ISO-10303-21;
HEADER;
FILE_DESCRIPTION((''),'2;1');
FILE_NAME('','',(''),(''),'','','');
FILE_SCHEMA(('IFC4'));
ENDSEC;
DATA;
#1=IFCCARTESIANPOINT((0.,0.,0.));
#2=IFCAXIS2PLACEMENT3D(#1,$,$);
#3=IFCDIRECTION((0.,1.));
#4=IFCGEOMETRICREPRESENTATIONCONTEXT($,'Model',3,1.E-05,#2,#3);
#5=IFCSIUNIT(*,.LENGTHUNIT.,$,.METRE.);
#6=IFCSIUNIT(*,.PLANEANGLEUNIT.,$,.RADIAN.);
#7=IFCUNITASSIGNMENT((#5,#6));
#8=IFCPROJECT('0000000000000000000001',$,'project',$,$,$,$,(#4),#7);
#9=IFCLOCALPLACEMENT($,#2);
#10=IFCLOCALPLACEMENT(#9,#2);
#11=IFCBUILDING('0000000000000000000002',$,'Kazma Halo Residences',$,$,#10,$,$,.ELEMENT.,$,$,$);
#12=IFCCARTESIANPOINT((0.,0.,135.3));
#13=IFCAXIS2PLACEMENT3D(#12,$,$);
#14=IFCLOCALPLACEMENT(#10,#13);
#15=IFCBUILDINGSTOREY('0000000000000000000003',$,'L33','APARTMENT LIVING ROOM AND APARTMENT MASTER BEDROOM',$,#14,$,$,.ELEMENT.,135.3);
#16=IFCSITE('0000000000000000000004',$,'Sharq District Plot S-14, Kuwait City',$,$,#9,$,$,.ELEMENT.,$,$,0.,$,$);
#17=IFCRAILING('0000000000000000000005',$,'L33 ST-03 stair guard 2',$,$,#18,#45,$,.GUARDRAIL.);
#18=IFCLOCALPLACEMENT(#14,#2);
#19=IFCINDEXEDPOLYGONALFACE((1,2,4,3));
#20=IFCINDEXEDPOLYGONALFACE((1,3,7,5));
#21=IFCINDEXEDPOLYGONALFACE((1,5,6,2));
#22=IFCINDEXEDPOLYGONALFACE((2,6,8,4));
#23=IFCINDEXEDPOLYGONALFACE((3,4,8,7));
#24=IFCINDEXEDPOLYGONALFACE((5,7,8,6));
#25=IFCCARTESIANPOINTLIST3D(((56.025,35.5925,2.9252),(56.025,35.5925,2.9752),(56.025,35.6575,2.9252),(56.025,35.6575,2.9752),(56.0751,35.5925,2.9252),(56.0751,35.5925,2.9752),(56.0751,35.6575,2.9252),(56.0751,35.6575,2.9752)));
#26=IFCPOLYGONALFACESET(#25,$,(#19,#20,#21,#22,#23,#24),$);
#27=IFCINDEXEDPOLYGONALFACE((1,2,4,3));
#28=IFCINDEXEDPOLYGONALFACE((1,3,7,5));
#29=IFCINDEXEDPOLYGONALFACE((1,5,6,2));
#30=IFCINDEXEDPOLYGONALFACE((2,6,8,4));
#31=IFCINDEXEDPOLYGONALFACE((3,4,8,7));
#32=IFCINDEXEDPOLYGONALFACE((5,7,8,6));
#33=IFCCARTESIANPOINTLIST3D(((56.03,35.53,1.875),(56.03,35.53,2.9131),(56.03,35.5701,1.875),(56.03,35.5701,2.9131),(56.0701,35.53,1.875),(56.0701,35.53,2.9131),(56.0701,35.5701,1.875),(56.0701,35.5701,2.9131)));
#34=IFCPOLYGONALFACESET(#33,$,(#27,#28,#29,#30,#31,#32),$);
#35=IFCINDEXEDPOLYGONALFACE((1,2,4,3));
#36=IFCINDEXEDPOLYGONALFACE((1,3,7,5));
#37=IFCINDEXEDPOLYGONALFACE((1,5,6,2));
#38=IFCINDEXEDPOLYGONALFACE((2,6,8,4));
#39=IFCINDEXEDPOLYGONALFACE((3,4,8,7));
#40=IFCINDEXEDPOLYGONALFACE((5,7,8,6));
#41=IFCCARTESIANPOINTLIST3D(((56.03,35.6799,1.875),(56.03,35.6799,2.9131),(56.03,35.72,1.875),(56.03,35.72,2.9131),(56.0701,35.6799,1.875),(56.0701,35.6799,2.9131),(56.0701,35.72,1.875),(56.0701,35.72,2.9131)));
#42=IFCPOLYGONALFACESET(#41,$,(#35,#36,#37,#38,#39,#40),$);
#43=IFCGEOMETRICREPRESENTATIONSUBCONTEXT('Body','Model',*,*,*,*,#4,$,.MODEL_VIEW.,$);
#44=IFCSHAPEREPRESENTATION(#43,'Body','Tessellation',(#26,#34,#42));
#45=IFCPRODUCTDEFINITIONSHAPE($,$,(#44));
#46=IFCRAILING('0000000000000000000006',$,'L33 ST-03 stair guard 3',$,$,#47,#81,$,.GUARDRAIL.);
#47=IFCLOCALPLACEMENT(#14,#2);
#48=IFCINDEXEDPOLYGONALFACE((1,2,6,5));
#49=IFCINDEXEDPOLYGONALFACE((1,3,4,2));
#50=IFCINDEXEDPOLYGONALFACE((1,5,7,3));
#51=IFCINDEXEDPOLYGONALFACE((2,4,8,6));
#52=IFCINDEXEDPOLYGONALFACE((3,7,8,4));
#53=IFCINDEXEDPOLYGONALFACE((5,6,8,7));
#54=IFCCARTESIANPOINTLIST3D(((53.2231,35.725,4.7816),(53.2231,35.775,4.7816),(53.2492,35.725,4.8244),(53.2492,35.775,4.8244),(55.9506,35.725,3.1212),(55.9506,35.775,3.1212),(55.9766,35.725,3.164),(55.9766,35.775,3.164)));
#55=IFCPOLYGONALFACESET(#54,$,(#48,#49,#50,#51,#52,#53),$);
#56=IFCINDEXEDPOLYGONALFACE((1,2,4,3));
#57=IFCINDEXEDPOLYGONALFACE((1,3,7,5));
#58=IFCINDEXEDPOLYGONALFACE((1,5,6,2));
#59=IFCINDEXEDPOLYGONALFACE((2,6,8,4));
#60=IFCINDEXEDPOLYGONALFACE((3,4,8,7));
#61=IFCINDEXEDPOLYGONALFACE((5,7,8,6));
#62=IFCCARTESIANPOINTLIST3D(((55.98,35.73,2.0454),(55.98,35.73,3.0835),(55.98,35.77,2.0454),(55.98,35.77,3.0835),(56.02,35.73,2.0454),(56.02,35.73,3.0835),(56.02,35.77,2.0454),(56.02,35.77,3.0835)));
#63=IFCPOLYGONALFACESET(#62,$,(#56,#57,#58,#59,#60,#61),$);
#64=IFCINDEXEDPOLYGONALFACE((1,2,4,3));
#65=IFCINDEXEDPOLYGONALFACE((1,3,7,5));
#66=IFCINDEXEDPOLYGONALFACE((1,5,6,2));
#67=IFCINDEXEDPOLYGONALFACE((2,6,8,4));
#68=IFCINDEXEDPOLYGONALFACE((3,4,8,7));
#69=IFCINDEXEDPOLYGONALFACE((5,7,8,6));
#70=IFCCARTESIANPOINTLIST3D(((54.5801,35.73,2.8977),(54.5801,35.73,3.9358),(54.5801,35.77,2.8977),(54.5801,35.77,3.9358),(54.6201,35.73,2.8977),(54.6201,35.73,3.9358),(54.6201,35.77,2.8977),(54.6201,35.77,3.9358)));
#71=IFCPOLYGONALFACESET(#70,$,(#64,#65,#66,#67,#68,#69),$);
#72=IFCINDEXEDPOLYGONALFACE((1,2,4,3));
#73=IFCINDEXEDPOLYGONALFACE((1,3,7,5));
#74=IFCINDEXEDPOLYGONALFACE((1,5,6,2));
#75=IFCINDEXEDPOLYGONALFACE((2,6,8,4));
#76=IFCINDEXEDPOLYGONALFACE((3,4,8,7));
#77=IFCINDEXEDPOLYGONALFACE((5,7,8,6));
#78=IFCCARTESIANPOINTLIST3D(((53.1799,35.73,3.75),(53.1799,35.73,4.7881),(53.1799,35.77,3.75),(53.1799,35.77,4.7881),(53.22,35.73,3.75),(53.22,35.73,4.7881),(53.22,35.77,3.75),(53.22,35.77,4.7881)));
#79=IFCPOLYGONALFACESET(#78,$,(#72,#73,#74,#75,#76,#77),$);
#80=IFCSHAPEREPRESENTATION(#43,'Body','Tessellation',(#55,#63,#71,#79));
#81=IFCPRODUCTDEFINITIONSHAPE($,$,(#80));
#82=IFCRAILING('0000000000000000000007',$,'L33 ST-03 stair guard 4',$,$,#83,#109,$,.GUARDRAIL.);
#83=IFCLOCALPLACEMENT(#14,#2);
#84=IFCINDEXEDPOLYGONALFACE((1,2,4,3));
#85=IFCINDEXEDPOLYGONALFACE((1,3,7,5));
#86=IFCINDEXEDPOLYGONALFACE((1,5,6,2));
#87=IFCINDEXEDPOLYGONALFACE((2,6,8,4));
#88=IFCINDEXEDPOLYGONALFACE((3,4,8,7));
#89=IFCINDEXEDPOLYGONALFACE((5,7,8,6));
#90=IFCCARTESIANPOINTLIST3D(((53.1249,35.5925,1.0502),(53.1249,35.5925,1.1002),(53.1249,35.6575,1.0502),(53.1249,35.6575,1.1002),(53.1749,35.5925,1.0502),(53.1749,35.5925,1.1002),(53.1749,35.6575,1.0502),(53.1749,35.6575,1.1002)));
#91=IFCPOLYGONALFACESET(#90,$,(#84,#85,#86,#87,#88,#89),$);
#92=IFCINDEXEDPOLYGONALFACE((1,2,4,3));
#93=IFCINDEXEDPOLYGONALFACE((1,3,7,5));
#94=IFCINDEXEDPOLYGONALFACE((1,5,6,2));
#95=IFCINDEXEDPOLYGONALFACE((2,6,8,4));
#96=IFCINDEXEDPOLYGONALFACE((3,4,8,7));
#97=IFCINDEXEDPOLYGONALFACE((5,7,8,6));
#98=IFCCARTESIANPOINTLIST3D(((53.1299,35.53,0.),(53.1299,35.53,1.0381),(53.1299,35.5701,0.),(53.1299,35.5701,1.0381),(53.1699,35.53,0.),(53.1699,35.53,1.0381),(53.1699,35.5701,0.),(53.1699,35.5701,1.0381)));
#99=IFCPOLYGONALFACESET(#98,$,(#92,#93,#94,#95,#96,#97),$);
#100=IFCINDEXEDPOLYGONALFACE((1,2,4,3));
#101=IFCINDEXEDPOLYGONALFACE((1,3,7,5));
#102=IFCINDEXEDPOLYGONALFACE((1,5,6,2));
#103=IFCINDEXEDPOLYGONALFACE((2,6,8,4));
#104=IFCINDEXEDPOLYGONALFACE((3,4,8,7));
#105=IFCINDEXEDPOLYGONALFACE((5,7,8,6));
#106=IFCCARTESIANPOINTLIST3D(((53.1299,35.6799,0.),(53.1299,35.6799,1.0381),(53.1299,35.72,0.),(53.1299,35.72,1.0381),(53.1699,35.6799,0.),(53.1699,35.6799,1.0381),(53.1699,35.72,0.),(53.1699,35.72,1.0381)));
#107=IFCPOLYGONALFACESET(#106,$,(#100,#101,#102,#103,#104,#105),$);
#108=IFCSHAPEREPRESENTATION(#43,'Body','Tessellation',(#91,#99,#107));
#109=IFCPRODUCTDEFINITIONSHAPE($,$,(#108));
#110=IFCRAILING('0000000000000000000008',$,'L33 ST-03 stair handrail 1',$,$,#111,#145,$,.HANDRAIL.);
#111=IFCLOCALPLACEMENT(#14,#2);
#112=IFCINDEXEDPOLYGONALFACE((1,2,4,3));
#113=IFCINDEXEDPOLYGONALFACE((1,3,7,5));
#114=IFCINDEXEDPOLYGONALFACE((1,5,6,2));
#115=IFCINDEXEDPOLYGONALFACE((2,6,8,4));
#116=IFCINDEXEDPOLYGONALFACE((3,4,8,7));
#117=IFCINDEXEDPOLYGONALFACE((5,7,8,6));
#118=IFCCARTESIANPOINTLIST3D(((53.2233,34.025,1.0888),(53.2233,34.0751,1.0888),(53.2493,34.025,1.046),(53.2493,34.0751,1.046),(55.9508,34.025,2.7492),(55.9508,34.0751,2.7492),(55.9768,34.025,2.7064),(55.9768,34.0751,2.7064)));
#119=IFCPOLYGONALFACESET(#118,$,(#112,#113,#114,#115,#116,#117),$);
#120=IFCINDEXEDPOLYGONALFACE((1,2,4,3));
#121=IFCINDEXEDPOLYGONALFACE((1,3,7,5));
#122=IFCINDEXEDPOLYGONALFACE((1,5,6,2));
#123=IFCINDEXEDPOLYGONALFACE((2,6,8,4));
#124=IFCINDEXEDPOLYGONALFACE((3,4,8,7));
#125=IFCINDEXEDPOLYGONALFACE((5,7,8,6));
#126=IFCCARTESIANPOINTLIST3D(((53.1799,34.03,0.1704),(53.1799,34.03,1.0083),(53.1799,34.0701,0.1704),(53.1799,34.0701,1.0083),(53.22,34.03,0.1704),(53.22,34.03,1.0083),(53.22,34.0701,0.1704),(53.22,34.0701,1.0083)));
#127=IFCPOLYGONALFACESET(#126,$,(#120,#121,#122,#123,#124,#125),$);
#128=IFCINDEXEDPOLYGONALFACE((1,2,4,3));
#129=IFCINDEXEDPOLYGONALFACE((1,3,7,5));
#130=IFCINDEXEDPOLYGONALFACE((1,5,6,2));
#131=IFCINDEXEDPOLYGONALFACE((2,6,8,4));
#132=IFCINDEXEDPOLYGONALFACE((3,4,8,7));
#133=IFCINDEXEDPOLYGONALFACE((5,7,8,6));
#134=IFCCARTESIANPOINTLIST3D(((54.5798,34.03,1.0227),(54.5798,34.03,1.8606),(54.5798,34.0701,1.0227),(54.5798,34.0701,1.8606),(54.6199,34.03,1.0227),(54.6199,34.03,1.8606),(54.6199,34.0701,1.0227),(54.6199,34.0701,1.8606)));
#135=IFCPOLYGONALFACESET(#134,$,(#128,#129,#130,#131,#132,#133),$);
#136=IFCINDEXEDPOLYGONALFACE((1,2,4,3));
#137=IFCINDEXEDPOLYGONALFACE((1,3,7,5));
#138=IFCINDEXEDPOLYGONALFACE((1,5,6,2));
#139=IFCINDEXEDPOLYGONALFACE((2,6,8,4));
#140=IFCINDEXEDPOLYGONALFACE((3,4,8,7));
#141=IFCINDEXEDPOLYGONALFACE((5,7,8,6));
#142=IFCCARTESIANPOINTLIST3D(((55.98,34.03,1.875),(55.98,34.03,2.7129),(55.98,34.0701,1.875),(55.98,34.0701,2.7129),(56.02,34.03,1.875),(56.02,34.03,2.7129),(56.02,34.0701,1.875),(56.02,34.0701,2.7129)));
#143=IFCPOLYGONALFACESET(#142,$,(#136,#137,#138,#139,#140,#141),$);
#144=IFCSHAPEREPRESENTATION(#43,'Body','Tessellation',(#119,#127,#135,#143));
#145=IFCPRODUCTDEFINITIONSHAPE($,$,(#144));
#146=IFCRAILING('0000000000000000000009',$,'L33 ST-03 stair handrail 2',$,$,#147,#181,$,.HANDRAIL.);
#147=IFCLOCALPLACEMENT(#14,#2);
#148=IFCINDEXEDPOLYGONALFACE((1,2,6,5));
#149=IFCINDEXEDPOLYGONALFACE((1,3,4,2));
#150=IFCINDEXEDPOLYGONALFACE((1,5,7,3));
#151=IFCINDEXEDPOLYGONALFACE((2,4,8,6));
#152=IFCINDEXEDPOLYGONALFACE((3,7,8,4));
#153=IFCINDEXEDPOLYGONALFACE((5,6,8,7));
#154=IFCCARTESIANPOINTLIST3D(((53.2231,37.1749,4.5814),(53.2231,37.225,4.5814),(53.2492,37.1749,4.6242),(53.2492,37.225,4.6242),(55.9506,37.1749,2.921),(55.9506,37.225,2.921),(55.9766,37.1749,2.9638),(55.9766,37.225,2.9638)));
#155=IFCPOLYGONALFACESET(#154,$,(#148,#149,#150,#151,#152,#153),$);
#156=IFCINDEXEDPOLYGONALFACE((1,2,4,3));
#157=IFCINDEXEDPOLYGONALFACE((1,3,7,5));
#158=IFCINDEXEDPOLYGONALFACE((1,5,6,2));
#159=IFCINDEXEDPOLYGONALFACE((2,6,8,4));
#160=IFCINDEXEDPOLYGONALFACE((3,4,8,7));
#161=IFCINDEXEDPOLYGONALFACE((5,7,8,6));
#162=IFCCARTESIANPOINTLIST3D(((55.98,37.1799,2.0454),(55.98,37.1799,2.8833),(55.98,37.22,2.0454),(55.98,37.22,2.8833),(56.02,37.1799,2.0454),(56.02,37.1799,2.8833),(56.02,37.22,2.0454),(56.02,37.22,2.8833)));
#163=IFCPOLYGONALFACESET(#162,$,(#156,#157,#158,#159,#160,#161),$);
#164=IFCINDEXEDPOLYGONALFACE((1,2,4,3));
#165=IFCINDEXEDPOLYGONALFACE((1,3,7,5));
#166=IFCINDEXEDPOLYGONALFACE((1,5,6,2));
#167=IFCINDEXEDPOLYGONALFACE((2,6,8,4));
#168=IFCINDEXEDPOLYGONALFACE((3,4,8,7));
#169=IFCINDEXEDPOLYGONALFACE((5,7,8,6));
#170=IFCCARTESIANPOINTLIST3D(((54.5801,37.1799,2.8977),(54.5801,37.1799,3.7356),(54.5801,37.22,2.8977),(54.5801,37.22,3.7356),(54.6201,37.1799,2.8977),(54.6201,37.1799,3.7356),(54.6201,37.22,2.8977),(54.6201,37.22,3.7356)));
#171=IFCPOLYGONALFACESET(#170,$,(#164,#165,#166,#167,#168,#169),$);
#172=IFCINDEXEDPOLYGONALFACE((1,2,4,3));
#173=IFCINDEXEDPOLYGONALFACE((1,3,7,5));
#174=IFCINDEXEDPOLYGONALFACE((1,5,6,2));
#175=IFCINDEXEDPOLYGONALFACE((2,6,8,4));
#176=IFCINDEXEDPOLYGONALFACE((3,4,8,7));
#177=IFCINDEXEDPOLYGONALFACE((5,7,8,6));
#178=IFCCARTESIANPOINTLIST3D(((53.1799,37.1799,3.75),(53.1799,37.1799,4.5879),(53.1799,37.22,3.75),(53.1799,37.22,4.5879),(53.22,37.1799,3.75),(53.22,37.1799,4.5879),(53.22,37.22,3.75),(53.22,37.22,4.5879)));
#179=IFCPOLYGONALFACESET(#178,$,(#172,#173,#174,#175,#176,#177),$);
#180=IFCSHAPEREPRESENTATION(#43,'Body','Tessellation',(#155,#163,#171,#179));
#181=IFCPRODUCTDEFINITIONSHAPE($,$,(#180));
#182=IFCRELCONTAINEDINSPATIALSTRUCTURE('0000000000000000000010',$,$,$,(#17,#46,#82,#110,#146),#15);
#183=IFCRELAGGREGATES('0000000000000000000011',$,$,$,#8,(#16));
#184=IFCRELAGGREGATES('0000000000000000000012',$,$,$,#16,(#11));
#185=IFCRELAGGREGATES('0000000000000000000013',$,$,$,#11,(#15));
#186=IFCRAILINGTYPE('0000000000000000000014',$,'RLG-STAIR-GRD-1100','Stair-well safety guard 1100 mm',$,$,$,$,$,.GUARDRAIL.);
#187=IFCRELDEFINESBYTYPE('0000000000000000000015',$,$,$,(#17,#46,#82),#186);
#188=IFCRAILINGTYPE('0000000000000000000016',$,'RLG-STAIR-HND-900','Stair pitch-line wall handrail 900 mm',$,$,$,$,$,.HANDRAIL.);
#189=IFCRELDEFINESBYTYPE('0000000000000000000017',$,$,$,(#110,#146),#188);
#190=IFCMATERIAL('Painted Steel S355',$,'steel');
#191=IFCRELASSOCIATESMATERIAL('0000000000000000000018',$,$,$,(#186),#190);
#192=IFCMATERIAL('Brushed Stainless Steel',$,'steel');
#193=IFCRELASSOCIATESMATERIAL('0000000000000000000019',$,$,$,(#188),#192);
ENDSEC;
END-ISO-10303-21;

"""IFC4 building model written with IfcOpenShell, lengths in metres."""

from ifc_helpers import new_model, si_unit, direction, frame, origin, origin_2d, place, context, subcontext, project, spatial, rectangle, extrude, material, type_object, element, save


model = new_model("IFC4")

# Units and contexts
model_context = context("Model", 3, precision=1e-05, world=origin(), true_north=direction((0.0, 1.0)))
body_context = subcontext(model_context, "Body", "Model", "MODEL_VIEW")
ifc_project = project(units=[si_unit("LENGTHUNIT", "METRE"), si_unit("PLANEANGLEUNIT", "RADIAN")], contexts=[model_context])

# Site, building, storey
site_placement = place(None, origin())
site = spatial("IfcSite", under=ifc_project, at=site_placement, Name="Sharq District Plot S-14, Kuwait City", CompositionType="ELEMENT", RefElevation=0.0)
building_placement = place(site_placement, origin())
building = spatial("IfcBuilding", under=site, at=building_placement, Name="Kazma Halo Residences", CompositionType="ELEMENT")
storey_placement = place(building_placement, frame((0.0, 0.0, 135.3)))
storey = spatial("IfcBuildingStorey", under=building, at=storey_placement, Name="L33", Description="APARTMENT LIVING ROOM AND APARTMENT MASTER BEDROOM", CompositionType="ELEMENT", Elevation=135.3)

# Railings
ifc_material_1 = material(Name="Painted Steel S355", Category="steel")
railing_type_1 = type_object("IfcRailingType", Name="RLG-STAIR-GRD-1100", Description="Stair-well safety guard 1100 mm", PredefinedType="GUARDRAIL", material=ifc_material_1)
railing_1_placement = place(storey_placement, frame((56.05, 35.55, 1.875)))
element("IfcRailing", 1, at=railing_1_placement, inside=storey, type_object=railing_type_1, Name="L33 ST-03 stair guard 2", PredefinedType="GUARDRAIL", context=body_context, shape_type="SweptSolid", body=[
    extrude(rectangle(XDim=0.05, YDim=0.05, at=origin_2d()), frame((0.0, 0.0425, 1.0752), z_axis=(0.0, 1.0, 0.0), x_axis=(-1.0, 0.0, 0.0)), (0.0, 0.0, 1.0), 0.0649),
    extrude(rectangle(XDim=0.04, YDim=0.04, at=origin_2d()), origin(), (0.0, 0.0, 1.0), 1.0381),
    extrude(rectangle(XDim=0.04, YDim=0.04, at=origin_2d()), frame((0.0, 0.1499, 0.0)), (0.0, 0.0, 1.0), 1.0381),
])
railing_2_placement = place(storey_placement, frame((56.0, 35.75, 2.0454)))
element("IfcRailing", 2, at=railing_2_placement, inside=storey, type_object=railing_type_1, Name="L33 ST-03 stair guard 3", PredefinedType="GUARDRAIL", context=body_context, shape_type="SweptSolid", body=[
    extrude(rectangle(XDim=0.05, YDim=0.05, at=origin_2d()), frame((-0.0364, 0.0, 1.0972), z_axis=(-0.85417, 0.0, 0.519994), x_axis=(0.0, -1.0, 0.0)), (0.0, 0.0, 1.0), 3.1931),
    extrude(rectangle(XDim=0.04, YDim=0.04, at=origin_2d()), origin(), (0.0, 0.0, 1.0), 1.0381),
    extrude(rectangle(XDim=0.04, YDim=0.04, at=origin_2d()), frame((-1.3999, 0.0, 0.8523)), (0.0, 0.0, 1.0), 1.0381),
    extrude(rectangle(XDim=0.04, YDim=0.04, at=origin_2d()), frame((-2.8, 0.0, 1.7046)), (0.0, 0.0, 1.0), 1.0381),
])
railing_3_placement = place(storey_placement, frame((53.1499, 35.55, 0.0)))
element("IfcRailing", 3, at=railing_3_placement, inside=storey, type_object=railing_type_1, Name="L33 ST-03 stair guard 4", PredefinedType="GUARDRAIL", context=body_context, shape_type="SweptSolid", body=[
    extrude(rectangle(XDim=0.05, YDim=0.05, at=origin_2d()), frame((0.0, 0.0425, 1.0752), z_axis=(0.0, 1.0, 0.0), x_axis=(-1.0, 0.0, 0.0)), (0.0, 0.0, 1.0), 0.0649),
    extrude(rectangle(XDim=0.04, YDim=0.04, at=origin_2d()), origin(), (0.0, 0.0, 1.0), 1.0381),
    extrude(rectangle(XDim=0.04, YDim=0.04, at=origin_2d()), frame((0.0, 0.1499, 0.0)), (0.0, 0.0, 1.0), 1.0381),
])
ifc_material_2 = material(Name="Brushed Stainless Steel", Category="steel")
railing_type_2 = type_object("IfcRailingType", Name="RLG-STAIR-HND-900", Description="Stair pitch-line wall handrail 900 mm", PredefinedType="HANDRAIL", material=ifc_material_2)
railing_4_placement = place(storey_placement, frame((53.2, 34.05, 0.1704)))
element("IfcRailing", 4, at=railing_4_placement, inside=storey, type_object=railing_type_2, Name="L33 ST-03 stair handrail 1", PredefinedType="HANDRAIL", context=body_context, shape_type="SweptSolid", body=[
    extrude(rectangle(XDim=0.05, YDim=0.05, at=origin_2d()), frame((0.0364, 0.0, 0.897), z_axis=(0.85417, 0.0, 0.519994), x_axis=(0.0, 1.0, 0.0)), (0.0, 0.0, 1.0), 3.1931),
    extrude(rectangle(XDim=0.04, YDim=0.04, at=origin_2d()), origin(), (0.0, 0.0, 1.0), 0.8379),
    extrude(rectangle(XDim=0.04, YDim=0.04, at=origin_2d()), frame((1.3999, 0.0, 0.8523)), (0.0, 0.0, 1.0), 0.8379),
    extrude(rectangle(XDim=0.04, YDim=0.04, at=origin_2d()), frame((2.8, 0.0, 1.7046)), (0.0, 0.0, 1.0), 0.8379),
])
railing_5_placement = place(storey_placement, frame((56.0, 37.2, 2.0454)))
element("IfcRailing", 5, at=railing_5_placement, inside=storey, type_object=railing_type_2, Name="L33 ST-03 stair handrail 2", PredefinedType="HANDRAIL", context=body_context, shape_type="SweptSolid", body=[
    extrude(rectangle(XDim=0.05, YDim=0.05, at=origin_2d()), frame((-0.0364, 0.0, 0.897), z_axis=(-0.85417, 0.0, 0.519994), x_axis=(0.0, -1.0, 0.0)), (0.0, 0.0, 1.0), 3.1931),
    extrude(rectangle(XDim=0.04, YDim=0.04, at=origin_2d()), origin(), (0.0, 0.0, 1.0), 0.8379),
    extrude(rectangle(XDim=0.04, YDim=0.04, at=origin_2d()), frame((-1.3999, 0.0, 0.8523)), (0.0, 0.0, 1.0), 0.8379),
    extrude(rectangle(XDim=0.04, YDim=0.04, at=origin_2d()), frame((-2.8, 0.0, 1.7046)), (0.0, 0.0, 1.0), 0.8379),
])

save(model, "model.ifc")
